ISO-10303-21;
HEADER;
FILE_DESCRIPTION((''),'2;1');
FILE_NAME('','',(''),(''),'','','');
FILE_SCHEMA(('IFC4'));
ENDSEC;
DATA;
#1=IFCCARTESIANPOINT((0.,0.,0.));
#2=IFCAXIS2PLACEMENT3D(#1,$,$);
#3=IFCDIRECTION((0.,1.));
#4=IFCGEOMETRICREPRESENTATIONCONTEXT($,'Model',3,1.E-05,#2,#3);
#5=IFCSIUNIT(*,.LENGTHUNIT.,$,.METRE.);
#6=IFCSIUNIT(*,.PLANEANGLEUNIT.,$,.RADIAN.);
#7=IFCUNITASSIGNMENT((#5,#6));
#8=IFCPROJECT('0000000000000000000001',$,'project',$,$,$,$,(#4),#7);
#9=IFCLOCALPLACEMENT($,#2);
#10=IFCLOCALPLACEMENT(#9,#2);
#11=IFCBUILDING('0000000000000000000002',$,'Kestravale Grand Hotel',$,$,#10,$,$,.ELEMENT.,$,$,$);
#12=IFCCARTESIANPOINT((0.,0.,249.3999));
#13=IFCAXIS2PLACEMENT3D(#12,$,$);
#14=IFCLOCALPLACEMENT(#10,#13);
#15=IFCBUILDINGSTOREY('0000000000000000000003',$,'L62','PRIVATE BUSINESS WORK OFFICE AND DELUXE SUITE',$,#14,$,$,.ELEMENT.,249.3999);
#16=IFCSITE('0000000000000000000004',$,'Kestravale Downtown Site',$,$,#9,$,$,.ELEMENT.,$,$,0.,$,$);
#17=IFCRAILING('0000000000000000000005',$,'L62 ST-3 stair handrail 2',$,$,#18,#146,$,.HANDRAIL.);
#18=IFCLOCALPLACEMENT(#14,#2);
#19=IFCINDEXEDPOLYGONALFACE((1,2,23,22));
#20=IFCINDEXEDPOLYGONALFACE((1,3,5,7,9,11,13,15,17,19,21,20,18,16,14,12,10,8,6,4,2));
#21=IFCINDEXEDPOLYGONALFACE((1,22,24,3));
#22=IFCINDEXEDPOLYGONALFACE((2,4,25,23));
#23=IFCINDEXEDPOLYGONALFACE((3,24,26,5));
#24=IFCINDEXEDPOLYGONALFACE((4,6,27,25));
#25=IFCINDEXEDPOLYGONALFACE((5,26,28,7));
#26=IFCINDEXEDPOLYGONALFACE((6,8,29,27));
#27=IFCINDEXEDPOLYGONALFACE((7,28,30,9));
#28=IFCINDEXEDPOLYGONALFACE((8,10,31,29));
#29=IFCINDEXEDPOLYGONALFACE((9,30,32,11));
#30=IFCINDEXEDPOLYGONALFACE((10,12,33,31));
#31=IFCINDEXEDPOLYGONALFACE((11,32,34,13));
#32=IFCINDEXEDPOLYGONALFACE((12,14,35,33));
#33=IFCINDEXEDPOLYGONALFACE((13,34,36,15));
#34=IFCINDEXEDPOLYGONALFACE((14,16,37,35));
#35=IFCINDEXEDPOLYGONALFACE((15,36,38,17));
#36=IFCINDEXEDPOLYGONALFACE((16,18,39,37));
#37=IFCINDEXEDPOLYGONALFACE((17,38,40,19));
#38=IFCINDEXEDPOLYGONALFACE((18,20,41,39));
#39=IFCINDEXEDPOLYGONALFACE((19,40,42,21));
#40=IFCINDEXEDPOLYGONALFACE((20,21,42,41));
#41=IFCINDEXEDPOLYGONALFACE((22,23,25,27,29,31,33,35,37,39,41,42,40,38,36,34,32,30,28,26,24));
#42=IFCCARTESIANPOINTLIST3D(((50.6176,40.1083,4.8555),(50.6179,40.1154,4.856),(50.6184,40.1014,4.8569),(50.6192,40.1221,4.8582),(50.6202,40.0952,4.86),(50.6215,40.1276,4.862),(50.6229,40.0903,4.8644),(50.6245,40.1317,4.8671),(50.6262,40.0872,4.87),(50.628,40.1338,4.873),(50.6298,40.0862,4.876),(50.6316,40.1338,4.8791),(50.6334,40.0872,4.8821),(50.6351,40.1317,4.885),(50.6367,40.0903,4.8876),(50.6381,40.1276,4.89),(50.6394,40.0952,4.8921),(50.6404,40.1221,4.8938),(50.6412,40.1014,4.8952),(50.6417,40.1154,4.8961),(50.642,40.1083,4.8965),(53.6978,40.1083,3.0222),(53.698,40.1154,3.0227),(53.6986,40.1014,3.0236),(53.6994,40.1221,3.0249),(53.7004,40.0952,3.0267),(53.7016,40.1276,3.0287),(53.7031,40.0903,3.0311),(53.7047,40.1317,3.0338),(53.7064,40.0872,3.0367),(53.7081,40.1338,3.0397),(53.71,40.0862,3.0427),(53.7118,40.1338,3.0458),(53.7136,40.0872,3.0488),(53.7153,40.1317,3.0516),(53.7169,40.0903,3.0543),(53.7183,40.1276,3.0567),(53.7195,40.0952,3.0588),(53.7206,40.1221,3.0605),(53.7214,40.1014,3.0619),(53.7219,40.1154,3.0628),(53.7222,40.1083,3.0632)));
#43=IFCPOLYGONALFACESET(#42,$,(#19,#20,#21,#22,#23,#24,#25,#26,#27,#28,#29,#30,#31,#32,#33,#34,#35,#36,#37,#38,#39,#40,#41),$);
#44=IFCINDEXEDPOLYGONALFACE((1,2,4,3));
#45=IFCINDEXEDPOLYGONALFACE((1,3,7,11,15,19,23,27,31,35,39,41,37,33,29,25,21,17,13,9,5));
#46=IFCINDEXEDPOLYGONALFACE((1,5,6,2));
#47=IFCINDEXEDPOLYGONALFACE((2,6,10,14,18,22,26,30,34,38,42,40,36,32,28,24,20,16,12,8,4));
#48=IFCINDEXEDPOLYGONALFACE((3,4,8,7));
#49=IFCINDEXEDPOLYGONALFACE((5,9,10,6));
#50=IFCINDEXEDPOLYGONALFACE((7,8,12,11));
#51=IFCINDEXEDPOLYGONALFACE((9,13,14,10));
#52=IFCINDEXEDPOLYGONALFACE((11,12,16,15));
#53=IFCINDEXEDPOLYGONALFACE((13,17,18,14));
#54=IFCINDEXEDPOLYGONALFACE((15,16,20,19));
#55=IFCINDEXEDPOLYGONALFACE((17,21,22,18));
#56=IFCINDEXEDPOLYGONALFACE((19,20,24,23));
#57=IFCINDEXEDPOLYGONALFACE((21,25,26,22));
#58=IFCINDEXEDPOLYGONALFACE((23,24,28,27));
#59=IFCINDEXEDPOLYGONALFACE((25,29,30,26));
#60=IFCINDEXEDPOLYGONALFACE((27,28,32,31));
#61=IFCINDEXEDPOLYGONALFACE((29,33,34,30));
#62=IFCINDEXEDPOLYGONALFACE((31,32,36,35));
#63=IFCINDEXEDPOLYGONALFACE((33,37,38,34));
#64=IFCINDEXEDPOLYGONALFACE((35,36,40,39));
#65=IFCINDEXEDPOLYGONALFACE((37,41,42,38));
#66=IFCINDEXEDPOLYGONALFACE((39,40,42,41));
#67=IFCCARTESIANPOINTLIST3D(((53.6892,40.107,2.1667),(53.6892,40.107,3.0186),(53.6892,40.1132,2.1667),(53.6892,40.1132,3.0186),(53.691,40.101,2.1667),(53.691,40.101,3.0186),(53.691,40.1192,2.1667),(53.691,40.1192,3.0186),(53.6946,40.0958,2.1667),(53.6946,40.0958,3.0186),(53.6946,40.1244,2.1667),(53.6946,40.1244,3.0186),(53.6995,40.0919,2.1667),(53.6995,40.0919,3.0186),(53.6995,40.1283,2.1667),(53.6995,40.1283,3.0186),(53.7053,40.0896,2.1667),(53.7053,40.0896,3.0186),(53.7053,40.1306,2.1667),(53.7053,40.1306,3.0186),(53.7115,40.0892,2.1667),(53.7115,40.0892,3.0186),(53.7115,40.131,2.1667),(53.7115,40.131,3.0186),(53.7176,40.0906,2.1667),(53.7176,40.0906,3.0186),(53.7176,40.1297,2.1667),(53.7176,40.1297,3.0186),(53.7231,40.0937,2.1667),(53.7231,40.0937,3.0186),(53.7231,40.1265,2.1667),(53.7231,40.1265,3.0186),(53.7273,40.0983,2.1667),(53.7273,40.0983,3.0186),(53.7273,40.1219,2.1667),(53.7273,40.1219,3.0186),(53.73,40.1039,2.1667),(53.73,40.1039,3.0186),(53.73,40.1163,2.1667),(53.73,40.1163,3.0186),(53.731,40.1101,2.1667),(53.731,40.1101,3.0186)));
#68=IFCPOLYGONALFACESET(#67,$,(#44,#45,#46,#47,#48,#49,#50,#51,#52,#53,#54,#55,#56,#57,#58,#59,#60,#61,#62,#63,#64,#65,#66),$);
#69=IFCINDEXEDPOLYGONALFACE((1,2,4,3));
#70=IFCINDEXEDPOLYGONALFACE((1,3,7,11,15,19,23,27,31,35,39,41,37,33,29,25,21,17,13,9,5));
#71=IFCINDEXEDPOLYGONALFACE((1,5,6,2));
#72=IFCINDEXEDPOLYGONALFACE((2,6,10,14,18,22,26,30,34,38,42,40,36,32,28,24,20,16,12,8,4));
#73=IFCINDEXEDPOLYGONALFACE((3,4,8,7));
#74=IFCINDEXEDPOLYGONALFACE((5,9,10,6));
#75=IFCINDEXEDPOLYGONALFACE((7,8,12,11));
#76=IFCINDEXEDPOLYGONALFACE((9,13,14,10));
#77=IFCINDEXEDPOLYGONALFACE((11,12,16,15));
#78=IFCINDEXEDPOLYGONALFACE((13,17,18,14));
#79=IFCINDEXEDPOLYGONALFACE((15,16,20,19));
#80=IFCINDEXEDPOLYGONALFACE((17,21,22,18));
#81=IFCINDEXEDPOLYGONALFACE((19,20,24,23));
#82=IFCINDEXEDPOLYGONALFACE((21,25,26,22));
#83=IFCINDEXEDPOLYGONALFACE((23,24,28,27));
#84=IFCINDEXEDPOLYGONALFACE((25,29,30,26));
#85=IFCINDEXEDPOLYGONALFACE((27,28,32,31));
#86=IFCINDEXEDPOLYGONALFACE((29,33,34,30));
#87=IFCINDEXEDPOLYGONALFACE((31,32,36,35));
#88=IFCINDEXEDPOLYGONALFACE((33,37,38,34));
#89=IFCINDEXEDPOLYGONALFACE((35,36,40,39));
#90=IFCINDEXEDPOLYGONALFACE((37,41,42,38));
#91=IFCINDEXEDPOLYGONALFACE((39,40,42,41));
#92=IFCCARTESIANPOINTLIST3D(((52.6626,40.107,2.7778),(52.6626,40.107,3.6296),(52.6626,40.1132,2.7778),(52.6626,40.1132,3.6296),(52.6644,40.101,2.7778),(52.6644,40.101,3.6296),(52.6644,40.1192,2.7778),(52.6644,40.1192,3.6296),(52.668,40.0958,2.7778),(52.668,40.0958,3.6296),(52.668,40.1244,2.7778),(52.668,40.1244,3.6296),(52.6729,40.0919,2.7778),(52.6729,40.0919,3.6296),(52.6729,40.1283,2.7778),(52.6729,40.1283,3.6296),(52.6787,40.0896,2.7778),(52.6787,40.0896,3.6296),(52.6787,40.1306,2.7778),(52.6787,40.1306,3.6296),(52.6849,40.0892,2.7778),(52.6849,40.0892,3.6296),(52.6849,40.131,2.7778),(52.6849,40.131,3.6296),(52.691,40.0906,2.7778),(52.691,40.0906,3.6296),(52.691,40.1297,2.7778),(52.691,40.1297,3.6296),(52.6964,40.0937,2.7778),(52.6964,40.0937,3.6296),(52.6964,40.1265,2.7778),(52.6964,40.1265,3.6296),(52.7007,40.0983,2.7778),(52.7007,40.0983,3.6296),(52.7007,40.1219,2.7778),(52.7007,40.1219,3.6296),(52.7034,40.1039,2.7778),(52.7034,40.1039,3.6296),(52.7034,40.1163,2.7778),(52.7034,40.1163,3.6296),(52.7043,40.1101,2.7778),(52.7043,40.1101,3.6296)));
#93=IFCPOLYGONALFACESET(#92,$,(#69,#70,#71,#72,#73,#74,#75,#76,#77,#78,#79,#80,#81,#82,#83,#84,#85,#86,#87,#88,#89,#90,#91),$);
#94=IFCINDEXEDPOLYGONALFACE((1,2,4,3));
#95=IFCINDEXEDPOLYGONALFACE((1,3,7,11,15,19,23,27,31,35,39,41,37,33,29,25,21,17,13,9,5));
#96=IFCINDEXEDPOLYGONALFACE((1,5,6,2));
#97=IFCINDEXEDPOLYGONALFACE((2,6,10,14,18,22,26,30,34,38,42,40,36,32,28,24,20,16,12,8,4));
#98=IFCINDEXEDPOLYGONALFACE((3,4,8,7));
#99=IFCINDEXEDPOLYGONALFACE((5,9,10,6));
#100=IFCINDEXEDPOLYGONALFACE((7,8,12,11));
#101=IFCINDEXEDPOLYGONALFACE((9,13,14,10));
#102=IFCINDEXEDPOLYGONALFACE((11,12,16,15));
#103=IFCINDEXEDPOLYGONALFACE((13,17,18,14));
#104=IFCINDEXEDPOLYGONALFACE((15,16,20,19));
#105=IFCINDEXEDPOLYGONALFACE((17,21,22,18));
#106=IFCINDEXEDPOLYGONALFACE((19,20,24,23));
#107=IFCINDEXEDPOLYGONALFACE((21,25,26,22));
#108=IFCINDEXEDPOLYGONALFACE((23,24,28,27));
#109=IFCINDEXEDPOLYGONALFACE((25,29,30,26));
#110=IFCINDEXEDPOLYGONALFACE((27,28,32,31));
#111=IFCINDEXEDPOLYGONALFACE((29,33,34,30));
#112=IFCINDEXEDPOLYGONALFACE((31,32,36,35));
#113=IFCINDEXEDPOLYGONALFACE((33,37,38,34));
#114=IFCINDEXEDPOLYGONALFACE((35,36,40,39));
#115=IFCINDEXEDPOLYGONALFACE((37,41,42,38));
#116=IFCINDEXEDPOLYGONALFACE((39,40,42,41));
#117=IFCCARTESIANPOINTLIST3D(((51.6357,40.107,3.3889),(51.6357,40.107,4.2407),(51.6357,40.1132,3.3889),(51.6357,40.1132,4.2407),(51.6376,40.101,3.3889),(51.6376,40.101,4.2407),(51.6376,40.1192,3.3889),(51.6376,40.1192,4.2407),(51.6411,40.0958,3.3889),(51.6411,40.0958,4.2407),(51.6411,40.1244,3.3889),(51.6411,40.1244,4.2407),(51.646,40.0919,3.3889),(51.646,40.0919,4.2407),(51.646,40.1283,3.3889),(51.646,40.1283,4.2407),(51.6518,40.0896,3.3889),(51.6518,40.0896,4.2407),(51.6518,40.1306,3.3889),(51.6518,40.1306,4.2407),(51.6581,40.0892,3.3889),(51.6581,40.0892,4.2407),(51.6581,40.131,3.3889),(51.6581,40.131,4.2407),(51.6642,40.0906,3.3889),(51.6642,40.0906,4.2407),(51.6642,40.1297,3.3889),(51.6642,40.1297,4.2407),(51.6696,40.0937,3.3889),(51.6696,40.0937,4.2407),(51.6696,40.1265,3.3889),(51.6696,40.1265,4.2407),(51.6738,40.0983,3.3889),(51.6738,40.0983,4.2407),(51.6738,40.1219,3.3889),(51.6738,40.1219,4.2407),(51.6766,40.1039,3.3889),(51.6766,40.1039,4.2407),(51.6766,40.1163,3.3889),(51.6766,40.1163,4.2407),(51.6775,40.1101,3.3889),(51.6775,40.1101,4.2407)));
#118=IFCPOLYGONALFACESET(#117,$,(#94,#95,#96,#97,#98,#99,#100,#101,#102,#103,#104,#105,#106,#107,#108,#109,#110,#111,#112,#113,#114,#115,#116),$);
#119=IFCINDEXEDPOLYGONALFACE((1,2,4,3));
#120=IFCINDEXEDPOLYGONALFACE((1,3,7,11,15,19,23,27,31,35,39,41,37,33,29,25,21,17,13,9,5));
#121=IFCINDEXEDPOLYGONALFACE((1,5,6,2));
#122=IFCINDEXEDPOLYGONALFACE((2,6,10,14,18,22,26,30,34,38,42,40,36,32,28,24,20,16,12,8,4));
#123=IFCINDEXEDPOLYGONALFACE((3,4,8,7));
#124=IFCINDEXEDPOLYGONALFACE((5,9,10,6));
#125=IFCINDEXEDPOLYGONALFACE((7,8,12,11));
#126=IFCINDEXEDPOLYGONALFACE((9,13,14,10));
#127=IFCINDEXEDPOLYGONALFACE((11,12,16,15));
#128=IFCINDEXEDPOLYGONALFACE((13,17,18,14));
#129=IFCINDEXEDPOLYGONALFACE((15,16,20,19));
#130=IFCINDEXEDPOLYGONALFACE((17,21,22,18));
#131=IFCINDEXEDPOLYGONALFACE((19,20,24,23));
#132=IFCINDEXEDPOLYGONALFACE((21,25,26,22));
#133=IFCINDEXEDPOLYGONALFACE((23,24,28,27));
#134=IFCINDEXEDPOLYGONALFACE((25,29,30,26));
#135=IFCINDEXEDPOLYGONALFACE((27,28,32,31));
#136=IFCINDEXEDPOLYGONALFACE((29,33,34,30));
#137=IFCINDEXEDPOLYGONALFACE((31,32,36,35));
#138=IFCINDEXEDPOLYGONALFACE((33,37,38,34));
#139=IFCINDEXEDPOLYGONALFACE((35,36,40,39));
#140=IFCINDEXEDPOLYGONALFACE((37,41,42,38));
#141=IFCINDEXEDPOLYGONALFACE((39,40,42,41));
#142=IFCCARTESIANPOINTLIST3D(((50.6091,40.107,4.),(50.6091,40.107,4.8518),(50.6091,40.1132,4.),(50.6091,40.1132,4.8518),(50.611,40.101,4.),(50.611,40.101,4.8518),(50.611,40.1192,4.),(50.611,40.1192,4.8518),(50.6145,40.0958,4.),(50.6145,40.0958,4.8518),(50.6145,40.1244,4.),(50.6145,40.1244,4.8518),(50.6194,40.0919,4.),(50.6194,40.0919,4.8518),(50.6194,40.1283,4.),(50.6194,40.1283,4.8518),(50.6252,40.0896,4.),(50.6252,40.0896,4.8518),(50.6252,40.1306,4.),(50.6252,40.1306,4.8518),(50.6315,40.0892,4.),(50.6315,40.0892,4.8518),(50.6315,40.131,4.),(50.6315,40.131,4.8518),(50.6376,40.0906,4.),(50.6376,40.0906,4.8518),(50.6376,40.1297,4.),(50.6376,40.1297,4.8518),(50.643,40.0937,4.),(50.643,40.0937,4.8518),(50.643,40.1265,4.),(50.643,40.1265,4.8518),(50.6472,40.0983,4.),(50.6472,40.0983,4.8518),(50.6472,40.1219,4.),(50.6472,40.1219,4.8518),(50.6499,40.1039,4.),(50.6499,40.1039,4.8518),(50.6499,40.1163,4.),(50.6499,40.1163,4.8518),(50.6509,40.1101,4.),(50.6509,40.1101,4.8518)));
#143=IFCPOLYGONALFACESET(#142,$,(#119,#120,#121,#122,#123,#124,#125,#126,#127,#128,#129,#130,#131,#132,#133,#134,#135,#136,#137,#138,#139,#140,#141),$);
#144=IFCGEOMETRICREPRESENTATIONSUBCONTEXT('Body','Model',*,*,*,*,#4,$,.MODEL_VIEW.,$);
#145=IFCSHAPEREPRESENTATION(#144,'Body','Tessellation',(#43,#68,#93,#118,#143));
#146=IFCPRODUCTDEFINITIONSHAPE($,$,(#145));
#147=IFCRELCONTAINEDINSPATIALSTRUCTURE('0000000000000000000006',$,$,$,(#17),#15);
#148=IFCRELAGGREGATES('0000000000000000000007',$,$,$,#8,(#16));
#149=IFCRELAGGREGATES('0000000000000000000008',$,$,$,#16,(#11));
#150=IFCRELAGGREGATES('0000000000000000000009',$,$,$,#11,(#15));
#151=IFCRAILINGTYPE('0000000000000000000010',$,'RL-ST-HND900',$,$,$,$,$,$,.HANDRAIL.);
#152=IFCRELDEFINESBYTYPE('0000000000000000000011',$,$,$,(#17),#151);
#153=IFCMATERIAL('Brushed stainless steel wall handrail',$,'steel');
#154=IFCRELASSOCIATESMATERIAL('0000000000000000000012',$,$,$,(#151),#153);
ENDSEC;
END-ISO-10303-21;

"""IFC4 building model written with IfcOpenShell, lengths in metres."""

from ifc_helpers import new_model, si_unit, direction, frame, origin, origin_2d, place, context, subcontext, project, spatial, circle, extrude, material, type_object, element, save


model = new_model("IFC4")

# Units and contexts
model_context = context("Model", 3, precision=1e-05, world=origin(), true_north=direction((0.0, 1.0)))
body_context = subcontext(model_context, "Body", "Model", "MODEL_VIEW")
ifc_project = project(units=[si_unit("LENGTHUNIT", "METRE"), si_unit("PLANEANGLEUNIT", "RADIAN")], contexts=[model_context])

# Site, building, storey
site_placement = place(None, origin())
site = spatial("IfcSite", under=ifc_project, at=site_placement, Name="Kestravale Downtown Site", CompositionType="ELEMENT", RefElevation=0.0)
building_placement = place(site_placement, origin())
building = spatial("IfcBuilding", under=site, at=building_placement, Name="Kestravale Grand Hotel", CompositionType="ELEMENT")
storey_placement = place(building_placement, frame((0.0, 0.0, 249.3999)))
storey = spatial("IfcBuildingStorey", under=building, at=storey_placement, Name="L62", Description="PRIVATE BUSINESS WORK OFFICE AND DELUXE SUITE", CompositionType="ELEMENT", Elevation=249.3999)

# Railing
ifc_material_1 = material(Name="Brushed stainless steel wall handrail", Category="steel")
railing_type_1 = type_object("IfcRailingType", Name="RL-ST-HND900", PredefinedType="HANDRAIL", material=ifc_material_1)
railing_1_placement = place(storey_placement, frame((53.71, 40.1101, 2.1667)))
element("IfcRailing", 1, at=railing_1_placement, inside=storey, type_object=railing_type_1, Name="L62 ST-3 stair handrail 2", PredefinedType="HANDRAIL", context=body_context, shape_type="SweptSolid", body=[
    extrude(circle(Radius=0.0239, at=origin_2d()), frame((0.0, 0.0, 0.876), z_axis=(-0.859309, 0.0, 0.511458), x_axis=(0.0, -1.0, 0.0)), (0.0, 0.0, 1.0), 3.5845),
    extrude(circle(Radius=0.021, at=origin_2d()), origin(), (0.0, 0.0, 1.0), 0.8518),
    extrude(circle(Radius=0.021, at=origin_2d()), frame((-1.0266, 0.0, 0.6111)), (0.0, 0.0, 1.0), 0.8518),
    extrude(circle(Radius=0.021, at=origin_2d()), frame((-2.0535, 0.0, 1.2222)), (0.0, 0.0, 1.0), 0.8518),
    extrude(circle(Radius=0.021, at=origin_2d()), frame((-3.0801, 0.0, 1.8333)), (0.0, 0.0, 1.0), 0.8518),
])

save(model, "model.ifc")
